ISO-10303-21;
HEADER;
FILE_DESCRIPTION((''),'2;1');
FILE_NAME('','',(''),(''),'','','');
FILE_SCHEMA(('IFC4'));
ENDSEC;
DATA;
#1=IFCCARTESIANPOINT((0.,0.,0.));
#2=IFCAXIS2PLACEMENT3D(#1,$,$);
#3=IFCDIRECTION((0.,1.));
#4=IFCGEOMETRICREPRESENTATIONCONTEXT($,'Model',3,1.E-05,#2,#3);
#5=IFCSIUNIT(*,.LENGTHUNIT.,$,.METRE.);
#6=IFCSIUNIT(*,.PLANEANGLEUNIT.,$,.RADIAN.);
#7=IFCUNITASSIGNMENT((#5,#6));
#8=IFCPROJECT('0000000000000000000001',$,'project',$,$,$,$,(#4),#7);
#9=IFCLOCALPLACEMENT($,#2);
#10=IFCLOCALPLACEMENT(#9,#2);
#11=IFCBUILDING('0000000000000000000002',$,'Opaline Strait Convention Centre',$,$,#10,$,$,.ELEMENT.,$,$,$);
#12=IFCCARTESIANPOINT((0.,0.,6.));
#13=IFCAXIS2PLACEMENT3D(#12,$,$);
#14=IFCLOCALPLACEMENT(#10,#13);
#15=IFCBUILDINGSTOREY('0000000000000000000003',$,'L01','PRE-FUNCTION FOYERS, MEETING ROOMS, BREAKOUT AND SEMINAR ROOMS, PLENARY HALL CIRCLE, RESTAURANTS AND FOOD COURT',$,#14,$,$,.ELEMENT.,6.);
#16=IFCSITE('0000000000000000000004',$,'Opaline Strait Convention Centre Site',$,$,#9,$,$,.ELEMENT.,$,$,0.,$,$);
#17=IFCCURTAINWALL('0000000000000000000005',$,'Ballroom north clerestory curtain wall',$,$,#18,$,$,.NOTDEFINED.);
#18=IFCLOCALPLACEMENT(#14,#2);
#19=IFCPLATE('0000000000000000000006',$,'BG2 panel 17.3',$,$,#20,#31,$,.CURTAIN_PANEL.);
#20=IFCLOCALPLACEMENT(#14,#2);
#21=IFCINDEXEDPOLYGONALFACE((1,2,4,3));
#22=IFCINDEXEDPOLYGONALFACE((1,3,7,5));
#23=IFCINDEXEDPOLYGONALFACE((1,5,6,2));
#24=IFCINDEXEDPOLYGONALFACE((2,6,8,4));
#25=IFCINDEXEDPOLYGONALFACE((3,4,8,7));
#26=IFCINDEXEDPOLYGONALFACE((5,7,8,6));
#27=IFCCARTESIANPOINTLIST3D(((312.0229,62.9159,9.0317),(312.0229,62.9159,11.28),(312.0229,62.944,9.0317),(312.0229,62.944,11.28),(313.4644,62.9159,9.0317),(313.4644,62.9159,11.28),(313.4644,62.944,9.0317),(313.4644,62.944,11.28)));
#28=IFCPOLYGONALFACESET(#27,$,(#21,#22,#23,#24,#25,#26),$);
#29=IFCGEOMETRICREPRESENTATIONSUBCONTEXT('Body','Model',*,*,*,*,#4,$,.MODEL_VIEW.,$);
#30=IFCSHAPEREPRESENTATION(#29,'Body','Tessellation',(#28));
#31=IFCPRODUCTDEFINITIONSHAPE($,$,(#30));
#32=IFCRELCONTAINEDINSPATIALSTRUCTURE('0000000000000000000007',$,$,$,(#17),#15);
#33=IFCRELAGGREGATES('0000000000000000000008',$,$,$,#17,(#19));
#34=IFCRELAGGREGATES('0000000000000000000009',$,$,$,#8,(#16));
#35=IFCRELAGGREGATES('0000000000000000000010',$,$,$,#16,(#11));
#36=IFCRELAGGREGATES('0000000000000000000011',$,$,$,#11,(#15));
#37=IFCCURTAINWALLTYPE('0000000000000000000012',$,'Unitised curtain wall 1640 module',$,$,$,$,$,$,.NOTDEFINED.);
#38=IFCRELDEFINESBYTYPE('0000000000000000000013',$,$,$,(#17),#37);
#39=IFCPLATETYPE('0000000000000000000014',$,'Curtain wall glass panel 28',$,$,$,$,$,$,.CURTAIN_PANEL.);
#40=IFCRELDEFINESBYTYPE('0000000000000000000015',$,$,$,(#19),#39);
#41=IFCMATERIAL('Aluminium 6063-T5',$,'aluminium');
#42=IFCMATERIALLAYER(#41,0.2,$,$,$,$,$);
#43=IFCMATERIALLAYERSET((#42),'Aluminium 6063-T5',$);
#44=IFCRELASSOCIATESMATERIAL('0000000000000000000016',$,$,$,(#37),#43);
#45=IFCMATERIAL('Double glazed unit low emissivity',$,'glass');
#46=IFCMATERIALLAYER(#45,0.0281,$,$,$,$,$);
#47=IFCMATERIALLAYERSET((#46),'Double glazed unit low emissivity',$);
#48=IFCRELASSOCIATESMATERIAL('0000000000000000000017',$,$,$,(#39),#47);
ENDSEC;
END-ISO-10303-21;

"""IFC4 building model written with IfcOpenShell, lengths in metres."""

from ifc_helpers import new_model, si_unit, direction, frame, origin, origin_2d, place, context, subcontext, project, spatial, rectangle, extrude, material, layer, layer_set, type_object, element, aggregate, save


model = new_model("IFC4")

# Units and contexts
model_context = context("Model", 3, precision=1e-05, world=origin(), true_north=direction((0.0, 1.0)))
body_context = subcontext(model_context, "Body", "Model", "MODEL_VIEW")
ifc_project = project(units=[si_unit("LENGTHUNIT", "METRE"), si_unit("PLANEANGLEUNIT", "RADIAN")], contexts=[model_context])

# Site, building, storey
site_placement = place(None, origin())
site = spatial("IfcSite", under=ifc_project, at=site_placement, Name="Opaline Strait Convention Centre Site", CompositionType="ELEMENT", RefElevation=0.0)
building_placement = place(site_placement, origin())
building = spatial("IfcBuilding", under=site, at=building_placement, Name="Opaline Strait Convention Centre", CompositionType="ELEMENT")
storey_placement = place(building_placement, frame((0.0, 0.0, 6.0)))
storey = spatial("IfcBuildingStorey", under=building, at=storey_placement, Name="L01", Description="PRE-FUNCTION FOYERS, MEETING ROOMS, BREAKOUT AND SEMINAR ROOMS, PLENARY HALL CIRCLE, RESTAURANTS AND FOOD COURT", CompositionType="ELEMENT", Elevation=6.0)

# Curtain wall, plate
ifc_material_1 = material(Name="Aluminium 6063-T5", Category="aluminium")
ifc_layer_1 = layer(ifc_material_1, 0.2)
ifc_layer_set_1 = layer_set([ifc_layer_1], Name="Aluminium 6063-T5")
curtain_wall_type = type_object("IfcCurtainWallType", Name="Unitised curtain wall 1640 module", PredefinedType="NOTDEFINED", material=ifc_layer_set_1)
curtain_wall_placement = place(storey_placement, origin())
curtain_wall = element("IfcCurtainWall", 1, at=curtain_wall_placement, inside=storey, type_object=curtain_wall_type, Name="Ballroom north clerestory curtain wall", PredefinedType="NOTDEFINED")
ifc_material_2 = material(Name="Double glazed unit low emissivity", Category="glass")
ifc_layer_2 = layer(ifc_material_2, 0.0281)
ifc_layer_set_2 = layer_set([ifc_layer_2], Name="Double glazed unit low emissivity")
plate_type = type_object("IfcPlateType", Name="Curtain wall glass panel 28", PredefinedType="CURTAIN_PANEL", material=ifc_layer_set_2)
plate_1_placement = place(storey_placement, frame((312.7437, 62.9299, 9.0317), z_axis=(0.0, 0.0, 1.0), x_axis=(1.0, 0.0, 0.0)))
plate_1 = element("IfcPlate", 2, at=plate_1_placement, type_object=plate_type, Name="BG2 panel 17.3", PredefinedType="CURTAIN_PANEL", context=body_context, shape_type="SweptSolid", body=[
    extrude(rectangle(XDim=1.4414, YDim=0.0281, at=origin_2d()), origin(), (0.0, 0.0, 1.0), 2.2483),
])
aggregate(curtain_wall, [plate_1])

save(model, "model.ifc")
